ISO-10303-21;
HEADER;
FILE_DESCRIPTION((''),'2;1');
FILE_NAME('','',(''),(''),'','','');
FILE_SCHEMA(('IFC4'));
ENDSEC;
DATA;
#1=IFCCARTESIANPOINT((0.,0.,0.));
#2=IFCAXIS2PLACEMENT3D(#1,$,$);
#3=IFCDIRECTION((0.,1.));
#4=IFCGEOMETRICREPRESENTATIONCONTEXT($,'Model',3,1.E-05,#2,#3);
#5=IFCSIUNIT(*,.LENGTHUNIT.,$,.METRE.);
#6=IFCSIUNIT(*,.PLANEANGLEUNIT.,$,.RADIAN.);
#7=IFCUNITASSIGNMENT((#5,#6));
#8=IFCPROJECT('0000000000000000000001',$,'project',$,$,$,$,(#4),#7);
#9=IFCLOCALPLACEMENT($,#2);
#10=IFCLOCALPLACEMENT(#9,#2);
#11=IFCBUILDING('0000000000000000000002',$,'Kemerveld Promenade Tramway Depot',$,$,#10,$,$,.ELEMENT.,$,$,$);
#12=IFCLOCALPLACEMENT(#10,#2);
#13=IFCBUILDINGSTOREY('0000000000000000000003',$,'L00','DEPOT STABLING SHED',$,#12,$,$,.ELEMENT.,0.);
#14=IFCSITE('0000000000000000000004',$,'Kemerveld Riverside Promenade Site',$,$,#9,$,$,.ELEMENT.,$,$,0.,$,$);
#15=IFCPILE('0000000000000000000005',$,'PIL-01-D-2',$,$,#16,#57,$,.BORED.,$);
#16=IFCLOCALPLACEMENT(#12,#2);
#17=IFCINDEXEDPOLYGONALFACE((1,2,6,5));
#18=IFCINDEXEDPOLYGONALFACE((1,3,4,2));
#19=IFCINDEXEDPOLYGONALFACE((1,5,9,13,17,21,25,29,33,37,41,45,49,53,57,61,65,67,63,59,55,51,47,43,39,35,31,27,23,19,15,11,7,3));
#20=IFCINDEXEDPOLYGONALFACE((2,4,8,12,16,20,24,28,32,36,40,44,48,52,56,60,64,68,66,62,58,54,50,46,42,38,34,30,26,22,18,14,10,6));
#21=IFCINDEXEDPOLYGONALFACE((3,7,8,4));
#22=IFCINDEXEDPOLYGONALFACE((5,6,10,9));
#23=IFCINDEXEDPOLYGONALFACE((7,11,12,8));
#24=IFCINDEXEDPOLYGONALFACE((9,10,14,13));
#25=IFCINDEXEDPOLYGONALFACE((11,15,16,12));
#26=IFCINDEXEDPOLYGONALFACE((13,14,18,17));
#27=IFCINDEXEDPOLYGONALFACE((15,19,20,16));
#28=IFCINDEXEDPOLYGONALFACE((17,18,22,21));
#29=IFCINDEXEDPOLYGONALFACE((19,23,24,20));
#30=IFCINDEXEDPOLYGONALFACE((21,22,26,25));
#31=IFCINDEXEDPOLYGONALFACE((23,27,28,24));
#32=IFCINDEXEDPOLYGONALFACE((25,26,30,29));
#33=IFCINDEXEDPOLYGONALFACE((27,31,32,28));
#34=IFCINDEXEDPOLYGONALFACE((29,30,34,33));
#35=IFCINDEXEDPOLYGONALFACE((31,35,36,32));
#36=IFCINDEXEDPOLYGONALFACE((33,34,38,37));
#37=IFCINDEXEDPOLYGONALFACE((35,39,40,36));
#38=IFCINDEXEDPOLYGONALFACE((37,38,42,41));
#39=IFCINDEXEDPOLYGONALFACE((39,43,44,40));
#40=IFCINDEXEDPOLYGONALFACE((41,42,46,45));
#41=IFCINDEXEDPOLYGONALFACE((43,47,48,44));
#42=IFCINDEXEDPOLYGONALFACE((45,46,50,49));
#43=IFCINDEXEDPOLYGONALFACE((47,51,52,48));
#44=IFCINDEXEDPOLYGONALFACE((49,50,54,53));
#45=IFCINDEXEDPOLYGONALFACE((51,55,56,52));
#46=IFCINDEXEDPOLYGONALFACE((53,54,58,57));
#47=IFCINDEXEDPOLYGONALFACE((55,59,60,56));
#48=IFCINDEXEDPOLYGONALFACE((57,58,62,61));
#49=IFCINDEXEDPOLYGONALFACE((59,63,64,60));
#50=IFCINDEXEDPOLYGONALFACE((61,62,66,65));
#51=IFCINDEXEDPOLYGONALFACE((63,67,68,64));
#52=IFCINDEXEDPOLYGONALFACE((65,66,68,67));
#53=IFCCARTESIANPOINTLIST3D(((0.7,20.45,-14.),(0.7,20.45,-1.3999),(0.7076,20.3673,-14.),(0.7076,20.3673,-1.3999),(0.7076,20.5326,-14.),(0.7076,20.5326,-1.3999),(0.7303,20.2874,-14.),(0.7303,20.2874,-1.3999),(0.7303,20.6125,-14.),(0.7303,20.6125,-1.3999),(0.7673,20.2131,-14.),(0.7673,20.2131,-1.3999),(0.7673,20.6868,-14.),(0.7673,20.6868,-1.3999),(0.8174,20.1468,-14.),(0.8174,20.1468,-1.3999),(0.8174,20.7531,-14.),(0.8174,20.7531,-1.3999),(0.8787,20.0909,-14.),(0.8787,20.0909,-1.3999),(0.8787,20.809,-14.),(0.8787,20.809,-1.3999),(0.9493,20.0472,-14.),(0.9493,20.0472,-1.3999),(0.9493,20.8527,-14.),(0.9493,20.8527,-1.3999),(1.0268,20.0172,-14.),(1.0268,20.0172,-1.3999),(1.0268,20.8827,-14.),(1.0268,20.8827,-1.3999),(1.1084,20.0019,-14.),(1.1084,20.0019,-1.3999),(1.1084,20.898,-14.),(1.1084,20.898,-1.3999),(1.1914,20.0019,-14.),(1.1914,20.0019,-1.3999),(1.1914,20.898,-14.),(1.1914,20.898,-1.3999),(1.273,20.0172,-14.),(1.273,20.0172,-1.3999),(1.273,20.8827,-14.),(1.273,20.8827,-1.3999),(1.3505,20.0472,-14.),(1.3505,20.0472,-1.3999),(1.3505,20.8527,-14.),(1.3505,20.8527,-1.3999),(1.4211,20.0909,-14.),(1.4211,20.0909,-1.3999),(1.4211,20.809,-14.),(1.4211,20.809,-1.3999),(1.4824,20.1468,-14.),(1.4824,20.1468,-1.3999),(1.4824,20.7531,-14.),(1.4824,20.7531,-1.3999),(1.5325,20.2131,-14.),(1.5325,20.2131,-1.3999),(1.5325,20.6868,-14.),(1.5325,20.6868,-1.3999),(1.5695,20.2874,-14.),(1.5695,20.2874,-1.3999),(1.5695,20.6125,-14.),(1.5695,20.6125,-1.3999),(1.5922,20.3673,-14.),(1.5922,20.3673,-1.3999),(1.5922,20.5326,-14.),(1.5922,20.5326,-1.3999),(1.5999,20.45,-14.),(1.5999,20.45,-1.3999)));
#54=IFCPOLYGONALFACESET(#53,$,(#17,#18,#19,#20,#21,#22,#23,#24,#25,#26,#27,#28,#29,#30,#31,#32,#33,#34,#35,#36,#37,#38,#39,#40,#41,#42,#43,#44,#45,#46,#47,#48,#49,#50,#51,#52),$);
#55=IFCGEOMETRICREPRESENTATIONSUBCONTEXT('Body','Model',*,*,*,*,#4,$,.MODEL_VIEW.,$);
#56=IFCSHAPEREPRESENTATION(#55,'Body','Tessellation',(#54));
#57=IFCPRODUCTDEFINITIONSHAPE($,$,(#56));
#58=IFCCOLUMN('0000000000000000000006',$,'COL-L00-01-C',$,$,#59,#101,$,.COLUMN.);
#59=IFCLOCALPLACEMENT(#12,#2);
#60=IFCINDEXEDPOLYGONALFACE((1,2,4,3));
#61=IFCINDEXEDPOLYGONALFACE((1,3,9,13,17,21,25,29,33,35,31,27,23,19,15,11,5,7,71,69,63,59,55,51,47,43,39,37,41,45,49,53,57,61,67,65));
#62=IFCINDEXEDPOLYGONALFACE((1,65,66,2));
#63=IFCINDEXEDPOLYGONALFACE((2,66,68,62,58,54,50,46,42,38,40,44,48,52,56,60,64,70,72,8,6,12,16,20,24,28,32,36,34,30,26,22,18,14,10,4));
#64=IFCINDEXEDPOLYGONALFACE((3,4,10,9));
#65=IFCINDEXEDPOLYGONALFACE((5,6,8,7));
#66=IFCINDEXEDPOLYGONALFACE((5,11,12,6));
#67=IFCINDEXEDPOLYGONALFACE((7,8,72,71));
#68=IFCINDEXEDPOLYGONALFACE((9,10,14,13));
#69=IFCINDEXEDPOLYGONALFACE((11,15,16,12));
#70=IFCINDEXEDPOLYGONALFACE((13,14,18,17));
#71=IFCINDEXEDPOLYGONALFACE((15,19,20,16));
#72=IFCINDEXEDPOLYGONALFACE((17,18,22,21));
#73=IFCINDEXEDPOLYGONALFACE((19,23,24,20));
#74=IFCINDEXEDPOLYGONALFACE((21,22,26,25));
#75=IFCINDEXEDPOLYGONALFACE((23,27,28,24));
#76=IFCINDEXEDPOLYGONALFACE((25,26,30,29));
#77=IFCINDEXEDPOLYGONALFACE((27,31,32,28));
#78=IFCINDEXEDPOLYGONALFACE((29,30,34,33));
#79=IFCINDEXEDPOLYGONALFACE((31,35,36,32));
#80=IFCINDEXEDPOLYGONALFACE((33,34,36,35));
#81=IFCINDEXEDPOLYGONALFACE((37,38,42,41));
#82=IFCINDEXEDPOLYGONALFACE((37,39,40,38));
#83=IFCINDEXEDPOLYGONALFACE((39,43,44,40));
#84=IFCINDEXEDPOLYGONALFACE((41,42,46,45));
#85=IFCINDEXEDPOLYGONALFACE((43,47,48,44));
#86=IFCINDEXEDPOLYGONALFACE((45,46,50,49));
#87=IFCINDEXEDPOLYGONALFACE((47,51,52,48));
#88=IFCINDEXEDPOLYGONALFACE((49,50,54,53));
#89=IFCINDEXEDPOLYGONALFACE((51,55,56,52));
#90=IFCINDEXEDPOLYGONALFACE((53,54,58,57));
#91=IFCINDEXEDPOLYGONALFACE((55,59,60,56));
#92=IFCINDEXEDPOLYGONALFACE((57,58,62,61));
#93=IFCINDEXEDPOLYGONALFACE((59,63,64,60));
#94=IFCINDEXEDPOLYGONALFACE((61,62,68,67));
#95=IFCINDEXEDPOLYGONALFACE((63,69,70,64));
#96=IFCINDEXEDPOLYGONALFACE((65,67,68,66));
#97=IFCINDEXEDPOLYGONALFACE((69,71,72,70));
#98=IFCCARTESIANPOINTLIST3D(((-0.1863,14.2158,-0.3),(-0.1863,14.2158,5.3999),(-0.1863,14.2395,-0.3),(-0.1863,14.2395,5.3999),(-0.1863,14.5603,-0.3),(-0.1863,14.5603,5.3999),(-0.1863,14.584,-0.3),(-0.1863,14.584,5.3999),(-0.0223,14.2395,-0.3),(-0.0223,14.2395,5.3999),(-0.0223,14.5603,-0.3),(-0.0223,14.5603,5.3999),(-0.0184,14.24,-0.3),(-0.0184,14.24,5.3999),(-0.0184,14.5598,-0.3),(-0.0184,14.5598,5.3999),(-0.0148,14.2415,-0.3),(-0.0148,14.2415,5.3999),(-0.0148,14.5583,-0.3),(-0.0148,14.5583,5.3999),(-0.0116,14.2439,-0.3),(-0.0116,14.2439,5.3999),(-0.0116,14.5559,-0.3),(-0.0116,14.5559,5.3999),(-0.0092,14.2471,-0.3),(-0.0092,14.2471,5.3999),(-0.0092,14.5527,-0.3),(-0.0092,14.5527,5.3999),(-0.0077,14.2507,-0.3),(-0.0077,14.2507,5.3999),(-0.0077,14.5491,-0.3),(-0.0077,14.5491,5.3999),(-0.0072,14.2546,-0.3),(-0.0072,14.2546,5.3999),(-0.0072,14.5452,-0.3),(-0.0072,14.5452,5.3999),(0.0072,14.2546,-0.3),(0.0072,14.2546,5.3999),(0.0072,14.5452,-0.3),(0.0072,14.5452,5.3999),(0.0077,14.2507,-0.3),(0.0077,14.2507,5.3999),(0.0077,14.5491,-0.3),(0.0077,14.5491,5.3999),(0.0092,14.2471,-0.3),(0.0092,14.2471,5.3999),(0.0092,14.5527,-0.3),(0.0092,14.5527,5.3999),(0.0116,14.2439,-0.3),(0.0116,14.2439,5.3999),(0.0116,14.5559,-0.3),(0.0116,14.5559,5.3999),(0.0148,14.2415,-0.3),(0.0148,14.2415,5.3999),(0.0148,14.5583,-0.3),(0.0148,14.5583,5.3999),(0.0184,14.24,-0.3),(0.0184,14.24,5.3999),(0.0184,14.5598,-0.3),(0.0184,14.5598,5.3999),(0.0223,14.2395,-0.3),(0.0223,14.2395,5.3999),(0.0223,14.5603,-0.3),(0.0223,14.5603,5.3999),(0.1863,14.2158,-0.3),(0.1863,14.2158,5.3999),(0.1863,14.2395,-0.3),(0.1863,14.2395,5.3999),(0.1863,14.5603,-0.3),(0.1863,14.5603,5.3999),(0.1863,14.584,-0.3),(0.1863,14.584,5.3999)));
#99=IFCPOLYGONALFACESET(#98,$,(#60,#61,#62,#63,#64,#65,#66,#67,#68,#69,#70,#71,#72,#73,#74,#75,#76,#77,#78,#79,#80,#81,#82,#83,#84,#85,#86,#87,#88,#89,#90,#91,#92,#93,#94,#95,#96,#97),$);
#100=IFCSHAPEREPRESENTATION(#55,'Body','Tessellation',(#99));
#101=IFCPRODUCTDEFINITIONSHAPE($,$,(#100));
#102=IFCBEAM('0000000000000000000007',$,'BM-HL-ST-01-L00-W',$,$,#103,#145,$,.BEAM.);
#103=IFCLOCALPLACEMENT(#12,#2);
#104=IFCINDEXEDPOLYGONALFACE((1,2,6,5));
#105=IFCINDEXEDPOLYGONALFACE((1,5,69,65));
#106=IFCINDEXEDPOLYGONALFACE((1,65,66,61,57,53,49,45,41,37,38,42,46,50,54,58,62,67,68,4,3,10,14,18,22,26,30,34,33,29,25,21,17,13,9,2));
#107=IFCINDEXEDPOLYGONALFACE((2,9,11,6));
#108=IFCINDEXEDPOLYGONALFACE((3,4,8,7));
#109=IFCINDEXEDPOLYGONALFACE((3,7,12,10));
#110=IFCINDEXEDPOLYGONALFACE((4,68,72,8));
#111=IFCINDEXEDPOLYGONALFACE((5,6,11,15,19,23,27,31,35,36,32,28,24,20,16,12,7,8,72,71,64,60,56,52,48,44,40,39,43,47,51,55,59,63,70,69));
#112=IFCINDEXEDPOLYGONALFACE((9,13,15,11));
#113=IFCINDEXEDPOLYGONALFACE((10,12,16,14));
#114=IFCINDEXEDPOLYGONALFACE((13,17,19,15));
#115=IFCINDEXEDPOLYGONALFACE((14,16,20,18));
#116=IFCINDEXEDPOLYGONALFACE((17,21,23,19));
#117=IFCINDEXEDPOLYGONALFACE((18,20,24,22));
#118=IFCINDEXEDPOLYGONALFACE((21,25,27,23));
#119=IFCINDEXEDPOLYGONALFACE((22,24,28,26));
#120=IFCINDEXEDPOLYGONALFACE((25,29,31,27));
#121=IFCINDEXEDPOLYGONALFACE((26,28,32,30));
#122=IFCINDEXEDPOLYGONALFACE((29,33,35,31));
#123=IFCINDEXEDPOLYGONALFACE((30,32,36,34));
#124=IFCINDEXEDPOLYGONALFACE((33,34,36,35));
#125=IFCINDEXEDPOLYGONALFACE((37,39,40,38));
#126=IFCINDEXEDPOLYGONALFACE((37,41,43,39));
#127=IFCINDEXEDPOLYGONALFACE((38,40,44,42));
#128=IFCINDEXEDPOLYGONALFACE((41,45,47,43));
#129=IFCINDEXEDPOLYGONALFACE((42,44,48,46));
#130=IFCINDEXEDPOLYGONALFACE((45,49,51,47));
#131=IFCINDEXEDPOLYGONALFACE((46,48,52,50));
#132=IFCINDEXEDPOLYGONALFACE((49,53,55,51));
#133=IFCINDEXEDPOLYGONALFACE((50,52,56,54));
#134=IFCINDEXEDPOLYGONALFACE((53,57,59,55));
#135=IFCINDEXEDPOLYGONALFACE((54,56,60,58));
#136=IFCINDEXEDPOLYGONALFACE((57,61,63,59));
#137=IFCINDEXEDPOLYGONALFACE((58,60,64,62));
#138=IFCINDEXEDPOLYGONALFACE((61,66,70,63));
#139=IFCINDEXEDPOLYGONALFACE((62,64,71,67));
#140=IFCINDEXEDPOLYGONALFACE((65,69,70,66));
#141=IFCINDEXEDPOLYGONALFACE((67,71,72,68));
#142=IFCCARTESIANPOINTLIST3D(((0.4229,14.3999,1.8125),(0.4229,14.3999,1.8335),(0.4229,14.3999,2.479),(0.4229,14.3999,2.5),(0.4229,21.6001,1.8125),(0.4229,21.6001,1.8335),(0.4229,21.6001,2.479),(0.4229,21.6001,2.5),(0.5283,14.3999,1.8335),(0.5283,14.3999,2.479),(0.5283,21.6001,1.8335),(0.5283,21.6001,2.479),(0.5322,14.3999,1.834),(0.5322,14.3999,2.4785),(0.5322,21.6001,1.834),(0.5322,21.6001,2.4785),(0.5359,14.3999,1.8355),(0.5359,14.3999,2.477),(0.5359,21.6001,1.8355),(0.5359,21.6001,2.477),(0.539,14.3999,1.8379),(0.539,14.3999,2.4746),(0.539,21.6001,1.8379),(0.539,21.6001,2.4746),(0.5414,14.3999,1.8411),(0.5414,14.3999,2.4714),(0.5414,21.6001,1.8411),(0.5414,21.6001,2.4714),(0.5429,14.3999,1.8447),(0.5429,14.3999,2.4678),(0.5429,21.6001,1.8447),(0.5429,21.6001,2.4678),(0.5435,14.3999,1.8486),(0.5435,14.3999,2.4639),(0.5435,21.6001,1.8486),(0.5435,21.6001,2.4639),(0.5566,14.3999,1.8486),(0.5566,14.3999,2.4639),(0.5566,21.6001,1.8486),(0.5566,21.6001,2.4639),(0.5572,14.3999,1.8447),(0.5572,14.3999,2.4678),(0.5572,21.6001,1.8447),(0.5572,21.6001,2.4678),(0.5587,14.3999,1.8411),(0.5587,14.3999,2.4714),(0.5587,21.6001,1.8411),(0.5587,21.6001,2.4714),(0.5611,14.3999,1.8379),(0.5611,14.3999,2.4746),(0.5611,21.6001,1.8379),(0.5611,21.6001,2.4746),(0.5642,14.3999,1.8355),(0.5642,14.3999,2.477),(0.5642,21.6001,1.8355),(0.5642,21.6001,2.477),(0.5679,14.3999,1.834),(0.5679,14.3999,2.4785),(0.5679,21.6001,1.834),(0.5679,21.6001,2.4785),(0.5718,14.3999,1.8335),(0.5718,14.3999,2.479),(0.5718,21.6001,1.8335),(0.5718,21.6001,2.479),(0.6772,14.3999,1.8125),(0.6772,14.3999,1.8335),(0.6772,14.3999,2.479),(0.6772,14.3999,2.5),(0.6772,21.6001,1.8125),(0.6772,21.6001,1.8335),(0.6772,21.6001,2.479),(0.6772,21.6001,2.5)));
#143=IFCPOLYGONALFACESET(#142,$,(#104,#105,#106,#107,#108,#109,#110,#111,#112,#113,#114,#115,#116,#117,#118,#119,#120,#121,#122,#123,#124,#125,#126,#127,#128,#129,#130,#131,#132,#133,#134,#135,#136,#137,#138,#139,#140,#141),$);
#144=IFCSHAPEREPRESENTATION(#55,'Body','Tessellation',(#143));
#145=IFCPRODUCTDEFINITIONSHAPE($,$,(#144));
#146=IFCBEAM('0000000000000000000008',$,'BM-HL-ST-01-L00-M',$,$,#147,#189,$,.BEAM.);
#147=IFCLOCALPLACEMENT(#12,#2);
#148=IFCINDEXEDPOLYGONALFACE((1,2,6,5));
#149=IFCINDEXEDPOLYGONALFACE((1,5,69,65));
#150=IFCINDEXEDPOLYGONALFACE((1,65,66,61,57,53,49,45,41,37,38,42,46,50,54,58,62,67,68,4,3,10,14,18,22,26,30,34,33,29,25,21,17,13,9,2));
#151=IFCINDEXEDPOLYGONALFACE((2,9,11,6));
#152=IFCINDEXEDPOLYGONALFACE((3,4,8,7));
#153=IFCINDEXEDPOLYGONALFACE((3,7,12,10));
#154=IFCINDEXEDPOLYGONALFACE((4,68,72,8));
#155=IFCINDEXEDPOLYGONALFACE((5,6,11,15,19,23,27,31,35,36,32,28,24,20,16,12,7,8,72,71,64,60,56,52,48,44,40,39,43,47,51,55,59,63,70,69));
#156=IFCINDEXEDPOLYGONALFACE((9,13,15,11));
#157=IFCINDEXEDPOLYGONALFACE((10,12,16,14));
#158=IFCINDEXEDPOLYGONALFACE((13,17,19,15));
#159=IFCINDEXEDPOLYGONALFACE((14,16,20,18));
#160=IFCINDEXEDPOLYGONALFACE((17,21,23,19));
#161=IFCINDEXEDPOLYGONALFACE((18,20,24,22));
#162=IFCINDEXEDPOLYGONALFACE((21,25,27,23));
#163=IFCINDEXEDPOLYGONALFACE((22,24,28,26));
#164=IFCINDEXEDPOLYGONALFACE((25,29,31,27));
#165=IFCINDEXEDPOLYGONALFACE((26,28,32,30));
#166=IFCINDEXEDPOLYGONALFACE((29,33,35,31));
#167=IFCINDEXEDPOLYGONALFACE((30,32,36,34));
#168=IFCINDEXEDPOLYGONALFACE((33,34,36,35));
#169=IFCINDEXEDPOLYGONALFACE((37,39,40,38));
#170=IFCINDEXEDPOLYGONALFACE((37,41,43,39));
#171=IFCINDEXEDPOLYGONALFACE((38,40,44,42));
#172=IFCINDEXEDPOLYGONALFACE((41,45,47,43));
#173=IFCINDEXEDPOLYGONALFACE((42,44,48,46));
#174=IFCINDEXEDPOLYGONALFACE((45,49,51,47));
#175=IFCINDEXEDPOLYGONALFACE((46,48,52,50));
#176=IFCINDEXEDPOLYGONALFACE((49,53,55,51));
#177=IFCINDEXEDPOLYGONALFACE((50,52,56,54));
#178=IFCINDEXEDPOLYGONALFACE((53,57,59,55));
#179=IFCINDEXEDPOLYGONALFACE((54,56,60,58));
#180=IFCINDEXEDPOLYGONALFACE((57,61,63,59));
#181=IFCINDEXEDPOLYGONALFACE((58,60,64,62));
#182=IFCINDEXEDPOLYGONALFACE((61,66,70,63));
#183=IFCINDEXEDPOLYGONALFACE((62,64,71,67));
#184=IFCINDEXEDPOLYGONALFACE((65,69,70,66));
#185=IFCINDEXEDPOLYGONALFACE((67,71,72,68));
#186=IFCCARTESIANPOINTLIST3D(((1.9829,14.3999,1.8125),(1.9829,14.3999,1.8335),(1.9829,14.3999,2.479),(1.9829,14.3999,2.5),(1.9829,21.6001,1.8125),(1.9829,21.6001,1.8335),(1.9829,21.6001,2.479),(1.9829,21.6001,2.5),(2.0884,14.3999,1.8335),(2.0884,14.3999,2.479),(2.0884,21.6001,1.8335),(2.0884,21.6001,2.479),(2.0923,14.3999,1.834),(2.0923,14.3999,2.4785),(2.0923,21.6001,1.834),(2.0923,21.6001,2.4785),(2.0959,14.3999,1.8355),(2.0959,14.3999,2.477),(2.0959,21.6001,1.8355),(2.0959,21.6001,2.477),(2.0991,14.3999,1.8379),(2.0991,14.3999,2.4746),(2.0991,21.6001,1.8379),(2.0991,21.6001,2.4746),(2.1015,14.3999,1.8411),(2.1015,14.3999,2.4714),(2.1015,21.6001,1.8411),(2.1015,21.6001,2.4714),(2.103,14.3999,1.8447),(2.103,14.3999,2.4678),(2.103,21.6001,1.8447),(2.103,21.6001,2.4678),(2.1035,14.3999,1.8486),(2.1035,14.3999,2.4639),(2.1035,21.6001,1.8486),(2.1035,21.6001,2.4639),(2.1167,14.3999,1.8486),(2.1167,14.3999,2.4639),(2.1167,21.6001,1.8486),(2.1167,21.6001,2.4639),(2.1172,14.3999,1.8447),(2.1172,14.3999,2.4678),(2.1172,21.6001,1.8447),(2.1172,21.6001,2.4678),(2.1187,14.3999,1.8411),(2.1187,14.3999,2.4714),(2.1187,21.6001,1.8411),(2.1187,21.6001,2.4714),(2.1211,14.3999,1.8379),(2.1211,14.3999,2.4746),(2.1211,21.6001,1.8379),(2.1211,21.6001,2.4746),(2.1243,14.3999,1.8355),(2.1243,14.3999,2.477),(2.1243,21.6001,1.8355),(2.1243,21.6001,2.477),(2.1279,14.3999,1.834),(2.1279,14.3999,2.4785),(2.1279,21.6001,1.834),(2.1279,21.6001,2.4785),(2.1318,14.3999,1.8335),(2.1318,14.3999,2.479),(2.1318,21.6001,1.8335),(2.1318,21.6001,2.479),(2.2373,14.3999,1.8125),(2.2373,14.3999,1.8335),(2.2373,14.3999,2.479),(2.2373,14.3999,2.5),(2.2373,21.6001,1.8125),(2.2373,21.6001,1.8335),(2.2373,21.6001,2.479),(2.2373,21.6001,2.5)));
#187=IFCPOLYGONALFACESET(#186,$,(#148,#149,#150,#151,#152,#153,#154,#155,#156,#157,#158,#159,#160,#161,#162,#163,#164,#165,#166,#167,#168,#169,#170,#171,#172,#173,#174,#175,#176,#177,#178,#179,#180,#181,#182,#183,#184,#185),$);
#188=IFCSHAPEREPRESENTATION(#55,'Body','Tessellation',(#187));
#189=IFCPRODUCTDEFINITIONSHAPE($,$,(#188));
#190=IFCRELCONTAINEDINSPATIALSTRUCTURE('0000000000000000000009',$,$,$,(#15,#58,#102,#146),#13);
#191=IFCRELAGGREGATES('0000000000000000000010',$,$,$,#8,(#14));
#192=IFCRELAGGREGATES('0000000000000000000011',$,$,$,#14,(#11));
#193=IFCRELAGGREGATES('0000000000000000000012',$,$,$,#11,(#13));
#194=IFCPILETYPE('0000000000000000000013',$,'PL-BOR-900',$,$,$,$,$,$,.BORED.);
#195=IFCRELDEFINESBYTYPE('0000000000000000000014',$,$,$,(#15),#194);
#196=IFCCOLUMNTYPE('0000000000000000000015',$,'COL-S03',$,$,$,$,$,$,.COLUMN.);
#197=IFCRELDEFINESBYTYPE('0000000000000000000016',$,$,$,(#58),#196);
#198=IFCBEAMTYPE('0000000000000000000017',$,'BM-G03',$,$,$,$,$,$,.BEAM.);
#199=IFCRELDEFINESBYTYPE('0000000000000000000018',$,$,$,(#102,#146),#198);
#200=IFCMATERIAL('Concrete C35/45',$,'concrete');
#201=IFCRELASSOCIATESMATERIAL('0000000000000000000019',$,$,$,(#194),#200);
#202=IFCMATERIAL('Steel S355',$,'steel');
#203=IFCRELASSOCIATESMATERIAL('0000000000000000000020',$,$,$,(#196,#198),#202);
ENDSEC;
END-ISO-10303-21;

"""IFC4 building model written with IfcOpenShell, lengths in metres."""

from ifc_helpers import new_model, si_unit, direction, frame, origin, origin_2d, place, context, subcontext, project, spatial, circle, i_section, extrude, material, material_profile, profile_set, type_object, element, save


model = new_model("IFC4")

# Units and contexts
model_context = context("Model", 3, precision=1e-05, world=origin(), true_north=direction((0.0, 1.0)))
body_context = subcontext(model_context, "Body", "Model", "MODEL_VIEW")
ifc_project = project(units=[si_unit("LENGTHUNIT", "METRE"), si_unit("PLANEANGLEUNIT", "RADIAN")], contexts=[model_context])

# Site, building, storey
site_placement = place(None, origin())
site = spatial("IfcSite", under=ifc_project, at=site_placement, Name="Kemerveld Riverside Promenade Site", CompositionType="ELEMENT", RefElevation=0.0)
building_placement = place(site_placement, origin())
building = spatial("IfcBuilding", under=site, at=building_placement, Name="Kemerveld Promenade Tramway Depot", CompositionType="ELEMENT")
storey_placement = place(building_placement, origin())
storey = spatial("IfcBuildingStorey", under=building, at=storey_placement, Name="L00", Description="DEPOT STABLING SHED", CompositionType="ELEMENT", Elevation=0.0)

# Shared definitions
ifc_material_1 = material(Name="Concrete C35/45", Category="concrete")

# Pile
ifc_material_profile_1 = material_profile(ifc_material_1, circle(Radius=0.45, at=origin_2d()), Name="PILE-D900")
ifc_profile_set_1 = profile_set([ifc_material_profile_1], Name="Concrete C35/45")
pile_type = type_object("IfcPileType", Name="PL-BOR-900", PredefinedType="BORED", material=ifc_profile_set_1)
for number, where, z_axis, x_axis, name in (
    (1, (1.1499, 20.45, -1.3999), (0.0, 0.0, -1.0), (1.0, 0.0, 0.0), "PIL-01-D-2"),
):
    element("IfcPile", number, at=place(storey_placement, frame(where, z_axis=z_axis, x_axis=x_axis)), inside=storey, type_object=pile_type, Name=name, PredefinedType="BORED", context=body_context, shape_type="SweptSolid", body=[
        extrude(circle(Radius=0.45, at=origin_2d()), origin(), (0.0, 0.0, 1.0), 12.6001),
    ])

# Column
ifc_material_2 = material(Name="Steel S355", Category="steel")
ifc_material_profile_2 = material_profile(ifc_material_2, i_section(OverallWidth=0.3726, OverallDepth=0.3682, WebThickness=0.0144, FlangeThickness=0.0237, FilletRadius=0.0151, at=origin_2d()), Name="356x368x177 UC")
ifc_profile_set_2 = profile_set([ifc_material_profile_2], Name="Steel S355")
column_type = type_object("IfcColumnType", Name="COL-S03", PredefinedType="COLUMN", material=ifc_profile_set_2)
column_placement = place(storey_placement, frame((0.0, 14.3999, -0.3), z_axis=(0.0, 0.0, 1.0), x_axis=(1.0, 0.0, 0.0)))
element("IfcColumn", 2, at=column_placement, inside=storey, type_object=column_type, Name="COL-L00-01-C", PredefinedType="COLUMN", context=body_context, shape_type="SweptSolid", body=[
    extrude(i_section(OverallWidth=0.3726, OverallDepth=0.3682, WebThickness=0.0144, FlangeThickness=0.0237, FilletRadius=0.0151, at=origin_2d()), origin(), (0.0, 0.0, 1.0), 5.7),
])

# Beams
ifc_material_profile_3 = material_profile(ifc_material_2, i_section(OverallWidth=0.2544, OverallDepth=0.6875, WebThickness=0.0132, FlangeThickness=0.021, FilletRadius=0.0151, at=origin_2d()), Name="686x254x152 UB")
ifc_profile_set_3 = profile_set([ifc_material_profile_3], Name="Steel S355")
beam_type_1 = type_object("IfcBeamType", Name="BM-G03", PredefinedType="BEAM", material=ifc_profile_set_3)
for number, where, z_axis, x_axis, name in (
    (3, (0.55, 14.3999, 2.1562), (0.0, 1.0, 0.0), (-1.0, 0.0, 0.0), "BM-HL-ST-01-L00-W"),
    (4, (2.1101, 14.3999, 2.1562), (0.0, 1.0, 0.0), (-1.0, 0.0, 0.0), "BM-HL-ST-01-L00-M"),
):
    element("IfcBeam", number, at=place(storey_placement, frame(where, z_axis=z_axis, x_axis=x_axis)), inside=storey, type_object=beam_type_1, Name=name, PredefinedType="BEAM", context=body_context, shape_type="SweptSolid", body=[
        extrude(i_section(OverallWidth=0.2544, OverallDepth=0.6875, WebThickness=0.0132, FlangeThickness=0.021, FilletRadius=0.0151, at=origin_2d()), origin(), (0.0, 0.0, 1.0), 7.2002),
    ])

save(model, "model.ifc")
